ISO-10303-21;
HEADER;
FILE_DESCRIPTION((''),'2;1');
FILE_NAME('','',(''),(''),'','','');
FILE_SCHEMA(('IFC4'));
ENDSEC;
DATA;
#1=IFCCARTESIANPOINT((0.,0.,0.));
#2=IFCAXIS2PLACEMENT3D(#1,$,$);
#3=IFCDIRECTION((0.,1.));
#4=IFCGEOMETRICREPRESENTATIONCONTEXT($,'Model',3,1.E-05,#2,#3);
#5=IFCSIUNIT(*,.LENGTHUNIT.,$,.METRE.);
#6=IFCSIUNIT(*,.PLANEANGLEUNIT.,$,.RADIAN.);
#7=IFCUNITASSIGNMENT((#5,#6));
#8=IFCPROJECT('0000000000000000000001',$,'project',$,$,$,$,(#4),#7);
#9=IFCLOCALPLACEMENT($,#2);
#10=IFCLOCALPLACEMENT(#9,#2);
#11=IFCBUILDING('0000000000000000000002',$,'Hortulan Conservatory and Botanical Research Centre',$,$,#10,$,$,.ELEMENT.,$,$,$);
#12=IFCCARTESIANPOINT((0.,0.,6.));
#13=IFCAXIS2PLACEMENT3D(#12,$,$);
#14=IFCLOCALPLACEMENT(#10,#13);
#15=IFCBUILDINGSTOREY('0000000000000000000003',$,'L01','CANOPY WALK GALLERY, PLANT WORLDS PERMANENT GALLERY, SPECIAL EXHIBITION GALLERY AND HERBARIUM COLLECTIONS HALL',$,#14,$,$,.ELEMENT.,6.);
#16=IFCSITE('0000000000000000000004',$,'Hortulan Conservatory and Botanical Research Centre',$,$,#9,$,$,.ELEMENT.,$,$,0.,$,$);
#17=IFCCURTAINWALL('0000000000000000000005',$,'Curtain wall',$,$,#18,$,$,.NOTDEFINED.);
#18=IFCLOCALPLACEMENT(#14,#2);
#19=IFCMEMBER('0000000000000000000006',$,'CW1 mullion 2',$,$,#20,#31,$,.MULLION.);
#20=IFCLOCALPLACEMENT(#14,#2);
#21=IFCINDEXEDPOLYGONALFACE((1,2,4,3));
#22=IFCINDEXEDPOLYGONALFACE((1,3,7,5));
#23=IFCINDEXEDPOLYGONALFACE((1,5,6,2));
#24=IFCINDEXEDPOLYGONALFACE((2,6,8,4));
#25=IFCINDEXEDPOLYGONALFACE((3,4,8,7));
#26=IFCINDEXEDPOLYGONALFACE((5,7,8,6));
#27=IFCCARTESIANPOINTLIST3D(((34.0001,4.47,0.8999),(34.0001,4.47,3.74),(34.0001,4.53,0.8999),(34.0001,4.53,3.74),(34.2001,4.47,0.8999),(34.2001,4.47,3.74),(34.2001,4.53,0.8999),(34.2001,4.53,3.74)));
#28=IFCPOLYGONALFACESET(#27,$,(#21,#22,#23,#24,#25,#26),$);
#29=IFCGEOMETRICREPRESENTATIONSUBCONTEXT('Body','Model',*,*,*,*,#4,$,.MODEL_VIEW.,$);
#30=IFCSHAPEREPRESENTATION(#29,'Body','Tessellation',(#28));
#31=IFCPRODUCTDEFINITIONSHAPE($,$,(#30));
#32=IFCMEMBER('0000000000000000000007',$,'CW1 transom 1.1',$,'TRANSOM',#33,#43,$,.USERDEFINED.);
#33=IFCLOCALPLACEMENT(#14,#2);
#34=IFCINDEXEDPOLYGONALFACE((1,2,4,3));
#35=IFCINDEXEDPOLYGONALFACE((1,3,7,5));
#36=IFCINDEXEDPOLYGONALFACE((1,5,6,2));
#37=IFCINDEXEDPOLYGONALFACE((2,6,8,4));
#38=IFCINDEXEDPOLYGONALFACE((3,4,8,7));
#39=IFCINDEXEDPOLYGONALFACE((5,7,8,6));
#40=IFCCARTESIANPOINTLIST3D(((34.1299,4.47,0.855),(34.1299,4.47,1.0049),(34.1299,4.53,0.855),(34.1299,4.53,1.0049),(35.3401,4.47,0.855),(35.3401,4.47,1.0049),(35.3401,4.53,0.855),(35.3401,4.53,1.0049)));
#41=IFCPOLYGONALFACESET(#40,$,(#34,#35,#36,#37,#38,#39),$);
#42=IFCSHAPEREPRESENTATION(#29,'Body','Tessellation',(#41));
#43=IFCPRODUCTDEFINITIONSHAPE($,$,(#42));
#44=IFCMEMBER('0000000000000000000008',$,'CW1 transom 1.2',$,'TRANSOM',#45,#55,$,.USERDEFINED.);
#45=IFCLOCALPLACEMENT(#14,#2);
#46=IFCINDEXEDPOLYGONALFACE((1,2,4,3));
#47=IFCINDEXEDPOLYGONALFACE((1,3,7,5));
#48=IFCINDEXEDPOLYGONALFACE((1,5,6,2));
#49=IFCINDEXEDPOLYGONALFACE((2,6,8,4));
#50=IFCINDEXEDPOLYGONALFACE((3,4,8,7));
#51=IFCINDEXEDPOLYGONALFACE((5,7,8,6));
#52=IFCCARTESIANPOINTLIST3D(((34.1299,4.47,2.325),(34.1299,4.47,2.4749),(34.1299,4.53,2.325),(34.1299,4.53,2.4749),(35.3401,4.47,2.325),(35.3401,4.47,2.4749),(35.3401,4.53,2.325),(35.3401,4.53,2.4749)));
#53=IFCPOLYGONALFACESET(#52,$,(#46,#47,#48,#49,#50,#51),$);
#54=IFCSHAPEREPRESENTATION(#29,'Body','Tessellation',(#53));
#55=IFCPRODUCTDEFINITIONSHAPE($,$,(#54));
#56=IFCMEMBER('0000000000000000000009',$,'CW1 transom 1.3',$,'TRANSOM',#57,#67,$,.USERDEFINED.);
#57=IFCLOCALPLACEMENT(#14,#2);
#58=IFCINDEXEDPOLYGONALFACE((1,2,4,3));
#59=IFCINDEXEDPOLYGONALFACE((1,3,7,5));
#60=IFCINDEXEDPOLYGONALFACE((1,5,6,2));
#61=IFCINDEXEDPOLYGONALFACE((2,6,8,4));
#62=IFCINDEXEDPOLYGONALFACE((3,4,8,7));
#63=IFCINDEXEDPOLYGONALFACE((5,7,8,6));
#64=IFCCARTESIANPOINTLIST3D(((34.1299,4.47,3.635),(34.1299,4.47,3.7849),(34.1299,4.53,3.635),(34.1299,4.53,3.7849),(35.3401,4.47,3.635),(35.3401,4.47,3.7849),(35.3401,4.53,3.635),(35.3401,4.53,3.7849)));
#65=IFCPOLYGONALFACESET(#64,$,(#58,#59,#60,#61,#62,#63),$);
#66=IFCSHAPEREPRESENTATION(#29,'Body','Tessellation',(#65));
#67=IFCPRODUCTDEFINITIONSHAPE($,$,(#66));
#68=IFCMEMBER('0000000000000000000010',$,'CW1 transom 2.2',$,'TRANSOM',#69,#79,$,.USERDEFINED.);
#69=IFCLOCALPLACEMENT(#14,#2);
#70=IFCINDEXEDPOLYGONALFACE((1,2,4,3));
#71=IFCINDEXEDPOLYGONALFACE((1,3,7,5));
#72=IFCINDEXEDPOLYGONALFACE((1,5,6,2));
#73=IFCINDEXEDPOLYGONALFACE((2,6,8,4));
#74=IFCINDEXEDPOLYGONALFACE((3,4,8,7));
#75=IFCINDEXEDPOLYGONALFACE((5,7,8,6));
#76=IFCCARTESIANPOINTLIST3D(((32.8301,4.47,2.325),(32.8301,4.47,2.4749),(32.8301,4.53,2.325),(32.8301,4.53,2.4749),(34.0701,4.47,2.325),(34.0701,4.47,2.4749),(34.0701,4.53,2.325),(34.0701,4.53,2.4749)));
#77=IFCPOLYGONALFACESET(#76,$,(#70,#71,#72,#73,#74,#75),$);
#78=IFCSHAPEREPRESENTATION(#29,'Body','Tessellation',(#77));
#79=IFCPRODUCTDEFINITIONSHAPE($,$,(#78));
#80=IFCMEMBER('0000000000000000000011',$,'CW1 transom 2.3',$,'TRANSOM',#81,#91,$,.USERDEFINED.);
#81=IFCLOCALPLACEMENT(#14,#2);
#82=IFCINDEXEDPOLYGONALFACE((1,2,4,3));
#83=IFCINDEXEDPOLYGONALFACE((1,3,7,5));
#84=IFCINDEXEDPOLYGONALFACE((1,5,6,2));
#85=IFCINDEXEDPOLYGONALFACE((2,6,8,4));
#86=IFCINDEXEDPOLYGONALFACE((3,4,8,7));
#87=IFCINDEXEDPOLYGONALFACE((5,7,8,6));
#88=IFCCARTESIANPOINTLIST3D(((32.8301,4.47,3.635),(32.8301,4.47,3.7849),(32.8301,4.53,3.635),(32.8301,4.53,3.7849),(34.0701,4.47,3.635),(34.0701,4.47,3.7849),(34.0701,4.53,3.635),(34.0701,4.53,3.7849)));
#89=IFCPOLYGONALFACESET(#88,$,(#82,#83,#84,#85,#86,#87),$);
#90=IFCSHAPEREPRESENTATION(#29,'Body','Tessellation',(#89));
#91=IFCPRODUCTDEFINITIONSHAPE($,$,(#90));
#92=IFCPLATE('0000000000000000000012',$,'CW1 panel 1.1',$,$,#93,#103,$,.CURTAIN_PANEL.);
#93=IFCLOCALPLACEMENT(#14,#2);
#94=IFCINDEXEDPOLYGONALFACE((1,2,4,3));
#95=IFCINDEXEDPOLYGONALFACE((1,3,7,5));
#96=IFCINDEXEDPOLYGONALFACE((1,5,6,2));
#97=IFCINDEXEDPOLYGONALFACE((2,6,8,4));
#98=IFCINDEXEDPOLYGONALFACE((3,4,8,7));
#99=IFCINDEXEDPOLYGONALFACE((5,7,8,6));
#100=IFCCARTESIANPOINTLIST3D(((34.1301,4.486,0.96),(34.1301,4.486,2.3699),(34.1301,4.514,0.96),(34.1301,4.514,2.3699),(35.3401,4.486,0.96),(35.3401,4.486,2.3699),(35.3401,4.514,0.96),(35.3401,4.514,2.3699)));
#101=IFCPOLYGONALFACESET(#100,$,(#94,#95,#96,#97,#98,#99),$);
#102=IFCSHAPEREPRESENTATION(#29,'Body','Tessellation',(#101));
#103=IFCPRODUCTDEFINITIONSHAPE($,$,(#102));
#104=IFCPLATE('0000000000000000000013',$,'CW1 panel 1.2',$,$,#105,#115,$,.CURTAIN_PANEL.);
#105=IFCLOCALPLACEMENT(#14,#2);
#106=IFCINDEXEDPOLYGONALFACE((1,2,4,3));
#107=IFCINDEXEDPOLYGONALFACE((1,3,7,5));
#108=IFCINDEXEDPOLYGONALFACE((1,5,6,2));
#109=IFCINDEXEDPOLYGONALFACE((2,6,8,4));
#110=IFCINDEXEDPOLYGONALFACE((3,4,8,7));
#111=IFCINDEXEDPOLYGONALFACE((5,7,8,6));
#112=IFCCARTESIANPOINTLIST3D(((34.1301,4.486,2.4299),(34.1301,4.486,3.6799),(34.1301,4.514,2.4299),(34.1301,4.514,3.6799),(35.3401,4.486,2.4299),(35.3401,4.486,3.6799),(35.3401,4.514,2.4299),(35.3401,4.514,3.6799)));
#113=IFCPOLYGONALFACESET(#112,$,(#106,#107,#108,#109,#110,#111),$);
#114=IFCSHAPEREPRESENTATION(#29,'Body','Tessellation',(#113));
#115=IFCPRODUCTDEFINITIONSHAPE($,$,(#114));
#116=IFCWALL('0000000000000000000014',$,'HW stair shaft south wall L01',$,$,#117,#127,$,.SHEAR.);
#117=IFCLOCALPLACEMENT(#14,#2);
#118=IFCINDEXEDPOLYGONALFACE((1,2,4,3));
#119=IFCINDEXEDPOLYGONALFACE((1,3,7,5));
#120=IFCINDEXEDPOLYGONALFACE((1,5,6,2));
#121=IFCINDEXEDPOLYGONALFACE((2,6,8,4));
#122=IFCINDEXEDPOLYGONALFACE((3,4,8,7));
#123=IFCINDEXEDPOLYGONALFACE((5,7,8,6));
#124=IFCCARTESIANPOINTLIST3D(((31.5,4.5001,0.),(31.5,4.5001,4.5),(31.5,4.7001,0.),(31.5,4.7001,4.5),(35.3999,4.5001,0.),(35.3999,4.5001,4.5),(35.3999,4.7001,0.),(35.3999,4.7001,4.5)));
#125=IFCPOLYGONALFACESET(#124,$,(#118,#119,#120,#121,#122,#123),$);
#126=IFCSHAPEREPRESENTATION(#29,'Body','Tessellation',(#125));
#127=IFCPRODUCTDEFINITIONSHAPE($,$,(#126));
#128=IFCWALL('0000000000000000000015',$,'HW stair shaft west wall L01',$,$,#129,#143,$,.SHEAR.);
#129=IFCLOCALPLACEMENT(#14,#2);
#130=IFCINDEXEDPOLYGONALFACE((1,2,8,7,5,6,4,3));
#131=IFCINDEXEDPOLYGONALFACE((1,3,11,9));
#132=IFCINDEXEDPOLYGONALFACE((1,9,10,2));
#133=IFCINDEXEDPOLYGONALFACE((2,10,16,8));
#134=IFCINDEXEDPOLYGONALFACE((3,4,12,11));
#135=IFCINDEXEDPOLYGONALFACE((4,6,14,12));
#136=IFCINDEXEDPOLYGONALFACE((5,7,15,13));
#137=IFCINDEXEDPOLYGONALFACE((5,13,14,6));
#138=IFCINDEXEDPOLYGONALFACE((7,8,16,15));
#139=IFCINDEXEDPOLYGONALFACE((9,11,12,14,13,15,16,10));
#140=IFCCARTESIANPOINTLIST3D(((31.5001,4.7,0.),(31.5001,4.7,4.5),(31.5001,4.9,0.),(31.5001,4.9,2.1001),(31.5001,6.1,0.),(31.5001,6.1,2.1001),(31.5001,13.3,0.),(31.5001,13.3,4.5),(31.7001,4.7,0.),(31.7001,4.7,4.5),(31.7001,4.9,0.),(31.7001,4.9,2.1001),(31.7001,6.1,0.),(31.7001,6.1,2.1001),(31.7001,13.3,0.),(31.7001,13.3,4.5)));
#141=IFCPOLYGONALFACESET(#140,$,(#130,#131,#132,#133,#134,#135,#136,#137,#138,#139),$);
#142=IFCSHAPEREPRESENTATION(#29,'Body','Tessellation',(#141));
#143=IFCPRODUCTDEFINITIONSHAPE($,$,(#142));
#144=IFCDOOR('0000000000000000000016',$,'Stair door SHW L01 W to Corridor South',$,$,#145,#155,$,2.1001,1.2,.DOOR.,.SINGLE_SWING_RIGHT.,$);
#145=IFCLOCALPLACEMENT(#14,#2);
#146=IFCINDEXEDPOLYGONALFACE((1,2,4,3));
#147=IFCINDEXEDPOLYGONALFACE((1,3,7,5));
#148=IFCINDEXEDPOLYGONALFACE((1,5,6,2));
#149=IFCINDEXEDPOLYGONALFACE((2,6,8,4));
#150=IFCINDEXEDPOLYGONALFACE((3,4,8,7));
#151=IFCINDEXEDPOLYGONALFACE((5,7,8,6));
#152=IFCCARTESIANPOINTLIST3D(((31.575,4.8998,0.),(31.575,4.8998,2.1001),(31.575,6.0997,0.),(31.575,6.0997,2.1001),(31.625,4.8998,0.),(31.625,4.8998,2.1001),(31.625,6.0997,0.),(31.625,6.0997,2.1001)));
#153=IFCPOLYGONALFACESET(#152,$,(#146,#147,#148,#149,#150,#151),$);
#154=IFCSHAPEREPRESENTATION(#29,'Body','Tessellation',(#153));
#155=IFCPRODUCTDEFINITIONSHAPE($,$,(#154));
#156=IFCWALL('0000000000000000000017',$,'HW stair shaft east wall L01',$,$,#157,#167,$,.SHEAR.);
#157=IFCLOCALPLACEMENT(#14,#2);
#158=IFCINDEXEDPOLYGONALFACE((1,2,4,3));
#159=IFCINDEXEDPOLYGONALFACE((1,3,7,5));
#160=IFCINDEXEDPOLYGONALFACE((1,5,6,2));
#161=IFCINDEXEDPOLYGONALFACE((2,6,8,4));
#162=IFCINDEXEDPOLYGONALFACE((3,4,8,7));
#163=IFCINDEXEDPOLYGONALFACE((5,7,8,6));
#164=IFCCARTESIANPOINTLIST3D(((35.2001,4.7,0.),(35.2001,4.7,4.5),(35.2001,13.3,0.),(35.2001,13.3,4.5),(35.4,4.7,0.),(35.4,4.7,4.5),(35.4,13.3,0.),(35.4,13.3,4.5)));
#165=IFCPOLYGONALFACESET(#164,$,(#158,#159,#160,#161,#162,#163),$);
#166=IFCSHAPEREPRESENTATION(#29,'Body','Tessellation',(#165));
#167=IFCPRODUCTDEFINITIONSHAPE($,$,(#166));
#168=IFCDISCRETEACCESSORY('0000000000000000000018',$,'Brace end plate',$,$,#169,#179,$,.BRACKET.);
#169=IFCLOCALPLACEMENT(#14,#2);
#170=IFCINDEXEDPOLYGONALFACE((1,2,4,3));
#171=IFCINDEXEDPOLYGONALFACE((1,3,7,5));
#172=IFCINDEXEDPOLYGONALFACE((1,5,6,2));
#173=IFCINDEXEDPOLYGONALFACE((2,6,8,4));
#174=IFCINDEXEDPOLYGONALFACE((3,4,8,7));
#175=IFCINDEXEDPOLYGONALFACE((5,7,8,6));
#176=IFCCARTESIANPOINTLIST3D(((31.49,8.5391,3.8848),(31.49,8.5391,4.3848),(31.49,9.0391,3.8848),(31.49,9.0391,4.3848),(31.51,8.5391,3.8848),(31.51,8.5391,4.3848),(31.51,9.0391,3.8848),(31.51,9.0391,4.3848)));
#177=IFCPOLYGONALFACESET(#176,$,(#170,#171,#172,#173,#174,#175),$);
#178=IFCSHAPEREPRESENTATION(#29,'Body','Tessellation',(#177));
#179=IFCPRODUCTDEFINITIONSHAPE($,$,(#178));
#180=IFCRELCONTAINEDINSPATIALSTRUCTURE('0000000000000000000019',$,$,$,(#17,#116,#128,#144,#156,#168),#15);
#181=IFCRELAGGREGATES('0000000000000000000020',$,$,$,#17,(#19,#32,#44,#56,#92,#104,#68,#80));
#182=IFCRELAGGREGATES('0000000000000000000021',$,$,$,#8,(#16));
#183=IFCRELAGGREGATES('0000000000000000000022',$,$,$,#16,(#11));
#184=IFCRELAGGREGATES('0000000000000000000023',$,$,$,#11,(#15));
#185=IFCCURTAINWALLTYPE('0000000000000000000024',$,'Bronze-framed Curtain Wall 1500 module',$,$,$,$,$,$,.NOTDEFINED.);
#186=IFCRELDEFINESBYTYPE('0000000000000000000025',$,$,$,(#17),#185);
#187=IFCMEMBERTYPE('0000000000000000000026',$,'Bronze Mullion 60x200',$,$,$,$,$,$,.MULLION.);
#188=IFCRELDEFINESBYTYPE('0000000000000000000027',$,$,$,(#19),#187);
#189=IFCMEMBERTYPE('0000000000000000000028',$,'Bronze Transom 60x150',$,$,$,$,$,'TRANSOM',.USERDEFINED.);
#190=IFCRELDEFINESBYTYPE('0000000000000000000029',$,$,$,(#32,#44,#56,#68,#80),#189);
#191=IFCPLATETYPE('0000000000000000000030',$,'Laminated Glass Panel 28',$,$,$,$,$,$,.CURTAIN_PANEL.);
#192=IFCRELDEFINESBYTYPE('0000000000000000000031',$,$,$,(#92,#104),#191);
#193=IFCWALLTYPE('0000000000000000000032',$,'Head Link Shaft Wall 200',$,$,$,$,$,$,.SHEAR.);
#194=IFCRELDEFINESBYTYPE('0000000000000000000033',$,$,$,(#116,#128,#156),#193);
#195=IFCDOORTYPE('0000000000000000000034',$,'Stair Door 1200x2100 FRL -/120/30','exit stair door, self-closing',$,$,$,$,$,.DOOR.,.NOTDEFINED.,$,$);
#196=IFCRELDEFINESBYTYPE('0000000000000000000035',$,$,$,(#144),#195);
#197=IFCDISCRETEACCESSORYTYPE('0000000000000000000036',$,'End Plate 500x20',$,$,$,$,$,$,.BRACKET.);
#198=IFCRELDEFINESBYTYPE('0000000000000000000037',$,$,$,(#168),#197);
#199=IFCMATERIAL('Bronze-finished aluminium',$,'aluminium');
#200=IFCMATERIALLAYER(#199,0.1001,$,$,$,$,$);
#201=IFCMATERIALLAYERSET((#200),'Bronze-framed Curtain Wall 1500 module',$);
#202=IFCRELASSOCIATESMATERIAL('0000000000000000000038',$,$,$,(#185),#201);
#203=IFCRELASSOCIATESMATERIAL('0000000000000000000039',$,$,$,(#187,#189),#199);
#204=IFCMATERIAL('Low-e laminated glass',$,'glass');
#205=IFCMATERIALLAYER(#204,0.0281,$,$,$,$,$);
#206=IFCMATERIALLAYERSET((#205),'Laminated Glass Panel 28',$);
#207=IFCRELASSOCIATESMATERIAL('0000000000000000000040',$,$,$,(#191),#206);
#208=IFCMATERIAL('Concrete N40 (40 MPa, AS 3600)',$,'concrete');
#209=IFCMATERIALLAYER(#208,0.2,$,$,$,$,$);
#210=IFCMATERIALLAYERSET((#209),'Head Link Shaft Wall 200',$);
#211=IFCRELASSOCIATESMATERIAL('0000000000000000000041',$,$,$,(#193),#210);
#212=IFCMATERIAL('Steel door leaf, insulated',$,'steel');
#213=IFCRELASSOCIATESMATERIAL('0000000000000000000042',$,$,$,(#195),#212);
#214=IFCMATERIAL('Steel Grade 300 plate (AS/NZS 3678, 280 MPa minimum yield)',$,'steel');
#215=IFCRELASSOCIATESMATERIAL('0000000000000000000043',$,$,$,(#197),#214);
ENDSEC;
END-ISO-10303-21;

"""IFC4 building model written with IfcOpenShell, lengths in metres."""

from ifc_helpers import new_model, si_unit, direction, frame, frame_2d, origin, origin_2d, place, context, subcontext, project, spatial, rectangle, extrude, material, layer, layer_set, material_profile, profile_set, type_object, element, fill, aggregate, save


model = new_model("IFC4")

# Units and contexts
model_context = context("Model", 3, precision=1e-05, world=origin(), true_north=direction((0.0, 1.0)))
body_context = subcontext(model_context, "Body", "Model", "MODEL_VIEW")
ifc_project = project(units=[si_unit("LENGTHUNIT", "METRE"), si_unit("PLANEANGLEUNIT", "RADIAN")], contexts=[model_context])

# Site, building, storey
site_placement = place(None, origin())
site = spatial("IfcSite", under=ifc_project, at=site_placement, Name="Hortulan Conservatory and Botanical Research Centre", CompositionType="ELEMENT", RefElevation=0.0)
building_placement = place(site_placement, origin())
building = spatial("IfcBuilding", under=site, at=building_placement, Name="Hortulan Conservatory and Botanical Research Centre", CompositionType="ELEMENT")
storey_placement = place(building_placement, frame((0.0, 0.0, 6.0)))
storey = spatial("IfcBuildingStorey", under=building, at=storey_placement, Name="L01", Description="CANOPY WALK GALLERY, PLANT WORLDS PERMANENT GALLERY, SPECIAL EXHIBITION GALLERY AND HERBARIUM COLLECTIONS HALL", CompositionType="ELEMENT", Elevation=6.0)

# Curtain wall, members, plates
ifc_material_1 = material(Name="Bronze-finished aluminium", Category="aluminium")
ifc_layer_1 = layer(ifc_material_1, 0.1001)
ifc_layer_set_1 = layer_set([ifc_layer_1], Name="Bronze-framed Curtain Wall 1500 module")
curtain_wall_type = type_object("IfcCurtainWallType", Name="Bronze-framed Curtain Wall 1500 module", PredefinedType="NOTDEFINED", material=ifc_layer_set_1)
curtain_wall_placement = place(storey_placement, origin())
curtain_wall = element("IfcCurtainWall", 1, at=curtain_wall_placement, inside=storey, type_object=curtain_wall_type, Name="Curtain wall", PredefinedType="NOTDEFINED")
ifc_material_profile_1 = material_profile(ifc_material_1, rectangle(XDim=0.0601, YDim=0.2, at=origin_2d()), Name="Bronze Mullion 60x200")
ifc_profile_set_1 = profile_set([ifc_material_profile_1], Name="Bronze-finished aluminium")
member_type_1 = type_object("IfcMemberType", Name="Bronze Mullion 60x200", PredefinedType="MULLION", material=ifc_profile_set_1)
member_1_placement = place(storey_placement, frame((34.1001, 4.5, 0.8999), z_axis=(0.0, 0.0, 1.0), x_axis=(0.0, -1.0, 0.0)))
member_1 = element("IfcMember", 2, at=member_1_placement, type_object=member_type_1, Name="CW1 mullion 2", PredefinedType="MULLION", context=body_context, shape_type="SweptSolid", body=[
    extrude(rectangle(XDim=0.0601, YDim=0.2, at=origin_2d()), origin(), (0.0, 0.0, 1.0), 2.8401),
])
ifc_material_profile_2 = material_profile(ifc_material_1, rectangle(XDim=0.0601, YDim=0.1499, at=origin_2d()), Name="Bronze Transom 60x150")
ifc_profile_set_2 = profile_set([ifc_material_profile_2], Name="Bronze-finished aluminium")
member_type_2 = type_object("IfcMemberType", Name="Bronze Transom 60x150", ElementType="TRANSOM", PredefinedType="USERDEFINED", material=ifc_profile_set_2)
member_2_placement = place(storey_placement, frame((35.3401, 4.5, 0.9299), z_axis=(-1.0, 0.0, 0.0), x_axis=(0.0, -1.0, 0.0)))
member_2 = element("IfcMember", 3, at=member_2_placement, type_object=member_type_2, Name="CW1 transom 1.1", ObjectType="TRANSOM", PredefinedType="USERDEFINED", context=body_context, shape_type="SweptSolid", body=[
    extrude(rectangle(XDim=0.0601, YDim=0.1499, at=origin_2d()), origin(), (0.0, 0.0, 1.0), 1.2102),
])
member_3_placement = place(storey_placement, frame((35.3401, 4.5, 2.3999), z_axis=(-1.0, 0.0, 0.0), x_axis=(0.0, -1.0, 0.0)))
member_3 = element("IfcMember", 4, at=member_3_placement, type_object=member_type_2, Name="CW1 transom 1.2", ObjectType="TRANSOM", PredefinedType="USERDEFINED", context=body_context, shape_type="SweptSolid", body=[
    extrude(rectangle(XDim=0.0601, YDim=0.1499, at=origin_2d()), origin(), (0.0, 0.0, 1.0), 1.2102),
])
member_4_placement = place(storey_placement, frame((35.3401, 4.5, 3.71), z_axis=(-1.0, 0.0, 0.0), x_axis=(0.0, -1.0, 0.0)))
member_4 = element("IfcMember", 5, at=member_4_placement, type_object=member_type_2, Name="CW1 transom 1.3", ObjectType="TRANSOM", PredefinedType="USERDEFINED", context=body_context, shape_type="SweptSolid", body=[
    extrude(rectangle(XDim=0.0601, YDim=0.1499, at=origin_2d()), origin(), (0.0, 0.0, 1.0), 1.2102),
])
member_5_placement = place(storey_placement, frame((34.0701, 4.5, 2.3999), z_axis=(-1.0, 0.0, 0.0), x_axis=(0.0, -1.0, 0.0)))
member_5 = element("IfcMember", 6, at=member_5_placement, type_object=member_type_2, Name="CW1 transom 2.2", ObjectType="TRANSOM", PredefinedType="USERDEFINED", context=body_context, shape_type="SweptSolid", body=[
    extrude(rectangle(XDim=0.0601, YDim=0.1499, at=origin_2d()), origin(), (0.0, 0.0, 1.0), 1.24),
])
member_6_placement = place(storey_placement, frame((34.0701, 4.5, 3.71), z_axis=(-1.0, 0.0, 0.0), x_axis=(0.0, -1.0, 0.0)))
member_6 = element("IfcMember", 7, at=member_6_placement, type_object=member_type_2, Name="CW1 transom 2.3", ObjectType="TRANSOM", PredefinedType="USERDEFINED", context=body_context, shape_type="SweptSolid", body=[
    extrude(rectangle(XDim=0.0601, YDim=0.1499, at=origin_2d()), origin(), (0.0, 0.0, 1.0), 1.24),
])
ifc_material_2 = material(Name="Low-e laminated glass", Category="glass")
ifc_layer_2 = layer(ifc_material_2, 0.0281)
ifc_layer_set_2 = layer_set([ifc_layer_2], Name="Laminated Glass Panel 28")
plate_type = type_object("IfcPlateType", Name="Laminated Glass Panel 28", PredefinedType="CURTAIN_PANEL", material=ifc_layer_set_2)
plate_1_placement = place(storey_placement, frame((34.7351, 4.5, 0.96), z_axis=(0.0, 0.0, 1.0), x_axis=(-1.0, 0.0, 0.0)))
plate_1 = element("IfcPlate", 8, at=plate_1_placement, type_object=plate_type, Name="CW1 panel 1.1", PredefinedType="CURTAIN_PANEL", context=body_context, shape_type="SweptSolid", body=[
    extrude(rectangle(XDim=1.21, YDim=0.0281, at=origin_2d()), origin(), (0.0, 0.0, 1.0), 1.4099),
])
plate_2_placement = place(storey_placement, frame((34.7351, 4.5, 2.4299), z_axis=(0.0, 0.0, 1.0), x_axis=(-1.0, 0.0, 0.0)))
plate_2 = element("IfcPlate", 9, at=plate_2_placement, type_object=plate_type, Name="CW1 panel 1.2", PredefinedType="CURTAIN_PANEL", context=body_context, shape_type="SweptSolid", body=[
    extrude(rectangle(XDim=1.21, YDim=0.0281, at=origin_2d()), origin(), (0.0, 0.0, 1.0), 1.25),
])
aggregate(curtain_wall, [member_1, member_2, member_3, member_4, plate_1, plate_2, member_5, member_6])

# Wall
ifc_material_3 = material(Name="Concrete N40 (40 MPa, AS 3600)", Category="concrete")
ifc_layer_3 = layer(ifc_material_3, 0.2)
ifc_layer_set_3 = layer_set([ifc_layer_3], Name="Head Link Shaft Wall 200")
wall_type = type_object("IfcWallType", Name="Head Link Shaft Wall 200", PredefinedType="SHEAR", material=ifc_layer_set_3)
wall_1_placement = place(storey_placement, frame((31.5, 4.6001, 0.0), z_axis=(0.0, 0.0, 1.0), x_axis=(1.0, 0.0, 0.0)))
element("IfcWall", 10, at=wall_1_placement, inside=storey, type_object=wall_type, Name="HW stair shaft south wall L01", PredefinedType="SHEAR", context=body_context, shape_type="SweptSolid", body=[
    extrude(rectangle(XDim=3.8999, YDim=0.2, at=frame_2d((1.95, 0.0))), origin(), (0.0, 0.0, 1.0), 4.5),
])

# Wall, opening, door
wall_2_placement = place(storey_placement, frame((31.6001, 4.7, 0.0), z_axis=(0.0, 0.0, 1.0), x_axis=(0.0, 1.0, 0.0)))
wall_2 = element("IfcWall", 11, at=wall_2_placement, inside=storey, type_object=wall_type, Name="HW stair shaft west wall L01", PredefinedType="SHEAR", context=body_context, shape_type="SweptSolid", body=[
    extrude(rectangle(XDim=8.6001, YDim=0.2, at=frame_2d((4.3, 0.0))), origin(), (0.0, 0.0, 1.0), 4.5),
])
opening_placement = place(wall_2_placement, frame((0.2, 0.0, 0.0)))
opening = element("IfcOpeningElement", 12, at=opening_placement, cuts=wall_2, PredefinedType="OPENING", context=body_context, shape_type="SweptSolid", body=[
    extrude(rectangle(XDim=1.2, YDim=2.1001, at=frame_2d((0.6001, 1.05))), frame((0.0, 0.1099, 0.0), z_axis=(0.0, -1.0, 0.0), x_axis=(1.0, 0.0, 0.0)), (0.0, 0.0, 1.0), 0.22),
])
ifc_material_4 = material(Name="Steel door leaf, insulated", Category="steel")
door_type = type_object("IfcDoorType", Name="Stair Door 1200x2100 FRL -/120/30", Description="exit stair door, self-closing", OperationType="NOTDEFINED", PredefinedType="DOOR", material=ifc_material_4)
door_placement = place(opening_placement, frame((1.2, 0.0, 0.0), z_axis=(0.0, 0.0, 1.0), x_axis=(-1.0, 0.0, 0.0)))
door = element("IfcDoor", 13, at=door_placement, inside=storey, type_object=door_type, Name="Stair door SHW L01 W to Corridor South", OperationType="SINGLE_SWING_RIGHT", OverallHeight=2.1001, OverallWidth=1.2, PredefinedType="DOOR", context=body_context, shape_type="SweptSolid", body=[
    extrude(rectangle(XDim=1.2, YDim=2.1001, at=frame_2d((0.6001, 1.05))), frame((0.0, 0.0249, 0.0), z_axis=(0.0, -1.0, 0.0), x_axis=(1.0, 0.0, 0.0)), (0.0, 0.0, 1.0), 0.05),
])
fill(opening, door)

# Wall
wall_3_placement = place(storey_placement, frame((35.3, 4.7, 0.0), z_axis=(0.0, 0.0, 1.0), x_axis=(0.0, 1.0, 0.0)))
element("IfcWall", 14, at=wall_3_placement, inside=storey, type_object=wall_type, Name="HW stair shaft east wall L01", PredefinedType="SHEAR", context=body_context, shape_type="SweptSolid", body=[
    extrude(rectangle(XDim=8.6001, YDim=0.2, at=frame_2d((4.3, 0.0))), origin(), (0.0, 0.0, 1.0), 4.5),
])

# Discrete accessory
ifc_material_5 = material(Name="Steel Grade 300 plate (AS/NZS 3678, 280 MPa minimum yield)", Category="steel")
discrete_accessory_type = type_object("IfcDiscreteAccessoryType", Name="End Plate 500x20", PredefinedType="BRACKET", material=ifc_material_5)
discrete_accessory_placement = place(storey_placement, frame((31.5, 8.7891, 3.8848), z_axis=(0.0, 0.0, 1.0), x_axis=(0.0, -1.0, 0.0)))
element("IfcDiscreteAccessory", 15, at=discrete_accessory_placement, inside=storey, type_object=discrete_accessory_type, Name="Brace end plate", PredefinedType="BRACKET", context=body_context, shape_type="SweptSolid", body=[
    extrude(rectangle(XDim=0.5, YDim=0.02, at=origin_2d()), origin(), (0.0, 0.0, 1.0), 0.5),
])

save(model, "model.ifc")
